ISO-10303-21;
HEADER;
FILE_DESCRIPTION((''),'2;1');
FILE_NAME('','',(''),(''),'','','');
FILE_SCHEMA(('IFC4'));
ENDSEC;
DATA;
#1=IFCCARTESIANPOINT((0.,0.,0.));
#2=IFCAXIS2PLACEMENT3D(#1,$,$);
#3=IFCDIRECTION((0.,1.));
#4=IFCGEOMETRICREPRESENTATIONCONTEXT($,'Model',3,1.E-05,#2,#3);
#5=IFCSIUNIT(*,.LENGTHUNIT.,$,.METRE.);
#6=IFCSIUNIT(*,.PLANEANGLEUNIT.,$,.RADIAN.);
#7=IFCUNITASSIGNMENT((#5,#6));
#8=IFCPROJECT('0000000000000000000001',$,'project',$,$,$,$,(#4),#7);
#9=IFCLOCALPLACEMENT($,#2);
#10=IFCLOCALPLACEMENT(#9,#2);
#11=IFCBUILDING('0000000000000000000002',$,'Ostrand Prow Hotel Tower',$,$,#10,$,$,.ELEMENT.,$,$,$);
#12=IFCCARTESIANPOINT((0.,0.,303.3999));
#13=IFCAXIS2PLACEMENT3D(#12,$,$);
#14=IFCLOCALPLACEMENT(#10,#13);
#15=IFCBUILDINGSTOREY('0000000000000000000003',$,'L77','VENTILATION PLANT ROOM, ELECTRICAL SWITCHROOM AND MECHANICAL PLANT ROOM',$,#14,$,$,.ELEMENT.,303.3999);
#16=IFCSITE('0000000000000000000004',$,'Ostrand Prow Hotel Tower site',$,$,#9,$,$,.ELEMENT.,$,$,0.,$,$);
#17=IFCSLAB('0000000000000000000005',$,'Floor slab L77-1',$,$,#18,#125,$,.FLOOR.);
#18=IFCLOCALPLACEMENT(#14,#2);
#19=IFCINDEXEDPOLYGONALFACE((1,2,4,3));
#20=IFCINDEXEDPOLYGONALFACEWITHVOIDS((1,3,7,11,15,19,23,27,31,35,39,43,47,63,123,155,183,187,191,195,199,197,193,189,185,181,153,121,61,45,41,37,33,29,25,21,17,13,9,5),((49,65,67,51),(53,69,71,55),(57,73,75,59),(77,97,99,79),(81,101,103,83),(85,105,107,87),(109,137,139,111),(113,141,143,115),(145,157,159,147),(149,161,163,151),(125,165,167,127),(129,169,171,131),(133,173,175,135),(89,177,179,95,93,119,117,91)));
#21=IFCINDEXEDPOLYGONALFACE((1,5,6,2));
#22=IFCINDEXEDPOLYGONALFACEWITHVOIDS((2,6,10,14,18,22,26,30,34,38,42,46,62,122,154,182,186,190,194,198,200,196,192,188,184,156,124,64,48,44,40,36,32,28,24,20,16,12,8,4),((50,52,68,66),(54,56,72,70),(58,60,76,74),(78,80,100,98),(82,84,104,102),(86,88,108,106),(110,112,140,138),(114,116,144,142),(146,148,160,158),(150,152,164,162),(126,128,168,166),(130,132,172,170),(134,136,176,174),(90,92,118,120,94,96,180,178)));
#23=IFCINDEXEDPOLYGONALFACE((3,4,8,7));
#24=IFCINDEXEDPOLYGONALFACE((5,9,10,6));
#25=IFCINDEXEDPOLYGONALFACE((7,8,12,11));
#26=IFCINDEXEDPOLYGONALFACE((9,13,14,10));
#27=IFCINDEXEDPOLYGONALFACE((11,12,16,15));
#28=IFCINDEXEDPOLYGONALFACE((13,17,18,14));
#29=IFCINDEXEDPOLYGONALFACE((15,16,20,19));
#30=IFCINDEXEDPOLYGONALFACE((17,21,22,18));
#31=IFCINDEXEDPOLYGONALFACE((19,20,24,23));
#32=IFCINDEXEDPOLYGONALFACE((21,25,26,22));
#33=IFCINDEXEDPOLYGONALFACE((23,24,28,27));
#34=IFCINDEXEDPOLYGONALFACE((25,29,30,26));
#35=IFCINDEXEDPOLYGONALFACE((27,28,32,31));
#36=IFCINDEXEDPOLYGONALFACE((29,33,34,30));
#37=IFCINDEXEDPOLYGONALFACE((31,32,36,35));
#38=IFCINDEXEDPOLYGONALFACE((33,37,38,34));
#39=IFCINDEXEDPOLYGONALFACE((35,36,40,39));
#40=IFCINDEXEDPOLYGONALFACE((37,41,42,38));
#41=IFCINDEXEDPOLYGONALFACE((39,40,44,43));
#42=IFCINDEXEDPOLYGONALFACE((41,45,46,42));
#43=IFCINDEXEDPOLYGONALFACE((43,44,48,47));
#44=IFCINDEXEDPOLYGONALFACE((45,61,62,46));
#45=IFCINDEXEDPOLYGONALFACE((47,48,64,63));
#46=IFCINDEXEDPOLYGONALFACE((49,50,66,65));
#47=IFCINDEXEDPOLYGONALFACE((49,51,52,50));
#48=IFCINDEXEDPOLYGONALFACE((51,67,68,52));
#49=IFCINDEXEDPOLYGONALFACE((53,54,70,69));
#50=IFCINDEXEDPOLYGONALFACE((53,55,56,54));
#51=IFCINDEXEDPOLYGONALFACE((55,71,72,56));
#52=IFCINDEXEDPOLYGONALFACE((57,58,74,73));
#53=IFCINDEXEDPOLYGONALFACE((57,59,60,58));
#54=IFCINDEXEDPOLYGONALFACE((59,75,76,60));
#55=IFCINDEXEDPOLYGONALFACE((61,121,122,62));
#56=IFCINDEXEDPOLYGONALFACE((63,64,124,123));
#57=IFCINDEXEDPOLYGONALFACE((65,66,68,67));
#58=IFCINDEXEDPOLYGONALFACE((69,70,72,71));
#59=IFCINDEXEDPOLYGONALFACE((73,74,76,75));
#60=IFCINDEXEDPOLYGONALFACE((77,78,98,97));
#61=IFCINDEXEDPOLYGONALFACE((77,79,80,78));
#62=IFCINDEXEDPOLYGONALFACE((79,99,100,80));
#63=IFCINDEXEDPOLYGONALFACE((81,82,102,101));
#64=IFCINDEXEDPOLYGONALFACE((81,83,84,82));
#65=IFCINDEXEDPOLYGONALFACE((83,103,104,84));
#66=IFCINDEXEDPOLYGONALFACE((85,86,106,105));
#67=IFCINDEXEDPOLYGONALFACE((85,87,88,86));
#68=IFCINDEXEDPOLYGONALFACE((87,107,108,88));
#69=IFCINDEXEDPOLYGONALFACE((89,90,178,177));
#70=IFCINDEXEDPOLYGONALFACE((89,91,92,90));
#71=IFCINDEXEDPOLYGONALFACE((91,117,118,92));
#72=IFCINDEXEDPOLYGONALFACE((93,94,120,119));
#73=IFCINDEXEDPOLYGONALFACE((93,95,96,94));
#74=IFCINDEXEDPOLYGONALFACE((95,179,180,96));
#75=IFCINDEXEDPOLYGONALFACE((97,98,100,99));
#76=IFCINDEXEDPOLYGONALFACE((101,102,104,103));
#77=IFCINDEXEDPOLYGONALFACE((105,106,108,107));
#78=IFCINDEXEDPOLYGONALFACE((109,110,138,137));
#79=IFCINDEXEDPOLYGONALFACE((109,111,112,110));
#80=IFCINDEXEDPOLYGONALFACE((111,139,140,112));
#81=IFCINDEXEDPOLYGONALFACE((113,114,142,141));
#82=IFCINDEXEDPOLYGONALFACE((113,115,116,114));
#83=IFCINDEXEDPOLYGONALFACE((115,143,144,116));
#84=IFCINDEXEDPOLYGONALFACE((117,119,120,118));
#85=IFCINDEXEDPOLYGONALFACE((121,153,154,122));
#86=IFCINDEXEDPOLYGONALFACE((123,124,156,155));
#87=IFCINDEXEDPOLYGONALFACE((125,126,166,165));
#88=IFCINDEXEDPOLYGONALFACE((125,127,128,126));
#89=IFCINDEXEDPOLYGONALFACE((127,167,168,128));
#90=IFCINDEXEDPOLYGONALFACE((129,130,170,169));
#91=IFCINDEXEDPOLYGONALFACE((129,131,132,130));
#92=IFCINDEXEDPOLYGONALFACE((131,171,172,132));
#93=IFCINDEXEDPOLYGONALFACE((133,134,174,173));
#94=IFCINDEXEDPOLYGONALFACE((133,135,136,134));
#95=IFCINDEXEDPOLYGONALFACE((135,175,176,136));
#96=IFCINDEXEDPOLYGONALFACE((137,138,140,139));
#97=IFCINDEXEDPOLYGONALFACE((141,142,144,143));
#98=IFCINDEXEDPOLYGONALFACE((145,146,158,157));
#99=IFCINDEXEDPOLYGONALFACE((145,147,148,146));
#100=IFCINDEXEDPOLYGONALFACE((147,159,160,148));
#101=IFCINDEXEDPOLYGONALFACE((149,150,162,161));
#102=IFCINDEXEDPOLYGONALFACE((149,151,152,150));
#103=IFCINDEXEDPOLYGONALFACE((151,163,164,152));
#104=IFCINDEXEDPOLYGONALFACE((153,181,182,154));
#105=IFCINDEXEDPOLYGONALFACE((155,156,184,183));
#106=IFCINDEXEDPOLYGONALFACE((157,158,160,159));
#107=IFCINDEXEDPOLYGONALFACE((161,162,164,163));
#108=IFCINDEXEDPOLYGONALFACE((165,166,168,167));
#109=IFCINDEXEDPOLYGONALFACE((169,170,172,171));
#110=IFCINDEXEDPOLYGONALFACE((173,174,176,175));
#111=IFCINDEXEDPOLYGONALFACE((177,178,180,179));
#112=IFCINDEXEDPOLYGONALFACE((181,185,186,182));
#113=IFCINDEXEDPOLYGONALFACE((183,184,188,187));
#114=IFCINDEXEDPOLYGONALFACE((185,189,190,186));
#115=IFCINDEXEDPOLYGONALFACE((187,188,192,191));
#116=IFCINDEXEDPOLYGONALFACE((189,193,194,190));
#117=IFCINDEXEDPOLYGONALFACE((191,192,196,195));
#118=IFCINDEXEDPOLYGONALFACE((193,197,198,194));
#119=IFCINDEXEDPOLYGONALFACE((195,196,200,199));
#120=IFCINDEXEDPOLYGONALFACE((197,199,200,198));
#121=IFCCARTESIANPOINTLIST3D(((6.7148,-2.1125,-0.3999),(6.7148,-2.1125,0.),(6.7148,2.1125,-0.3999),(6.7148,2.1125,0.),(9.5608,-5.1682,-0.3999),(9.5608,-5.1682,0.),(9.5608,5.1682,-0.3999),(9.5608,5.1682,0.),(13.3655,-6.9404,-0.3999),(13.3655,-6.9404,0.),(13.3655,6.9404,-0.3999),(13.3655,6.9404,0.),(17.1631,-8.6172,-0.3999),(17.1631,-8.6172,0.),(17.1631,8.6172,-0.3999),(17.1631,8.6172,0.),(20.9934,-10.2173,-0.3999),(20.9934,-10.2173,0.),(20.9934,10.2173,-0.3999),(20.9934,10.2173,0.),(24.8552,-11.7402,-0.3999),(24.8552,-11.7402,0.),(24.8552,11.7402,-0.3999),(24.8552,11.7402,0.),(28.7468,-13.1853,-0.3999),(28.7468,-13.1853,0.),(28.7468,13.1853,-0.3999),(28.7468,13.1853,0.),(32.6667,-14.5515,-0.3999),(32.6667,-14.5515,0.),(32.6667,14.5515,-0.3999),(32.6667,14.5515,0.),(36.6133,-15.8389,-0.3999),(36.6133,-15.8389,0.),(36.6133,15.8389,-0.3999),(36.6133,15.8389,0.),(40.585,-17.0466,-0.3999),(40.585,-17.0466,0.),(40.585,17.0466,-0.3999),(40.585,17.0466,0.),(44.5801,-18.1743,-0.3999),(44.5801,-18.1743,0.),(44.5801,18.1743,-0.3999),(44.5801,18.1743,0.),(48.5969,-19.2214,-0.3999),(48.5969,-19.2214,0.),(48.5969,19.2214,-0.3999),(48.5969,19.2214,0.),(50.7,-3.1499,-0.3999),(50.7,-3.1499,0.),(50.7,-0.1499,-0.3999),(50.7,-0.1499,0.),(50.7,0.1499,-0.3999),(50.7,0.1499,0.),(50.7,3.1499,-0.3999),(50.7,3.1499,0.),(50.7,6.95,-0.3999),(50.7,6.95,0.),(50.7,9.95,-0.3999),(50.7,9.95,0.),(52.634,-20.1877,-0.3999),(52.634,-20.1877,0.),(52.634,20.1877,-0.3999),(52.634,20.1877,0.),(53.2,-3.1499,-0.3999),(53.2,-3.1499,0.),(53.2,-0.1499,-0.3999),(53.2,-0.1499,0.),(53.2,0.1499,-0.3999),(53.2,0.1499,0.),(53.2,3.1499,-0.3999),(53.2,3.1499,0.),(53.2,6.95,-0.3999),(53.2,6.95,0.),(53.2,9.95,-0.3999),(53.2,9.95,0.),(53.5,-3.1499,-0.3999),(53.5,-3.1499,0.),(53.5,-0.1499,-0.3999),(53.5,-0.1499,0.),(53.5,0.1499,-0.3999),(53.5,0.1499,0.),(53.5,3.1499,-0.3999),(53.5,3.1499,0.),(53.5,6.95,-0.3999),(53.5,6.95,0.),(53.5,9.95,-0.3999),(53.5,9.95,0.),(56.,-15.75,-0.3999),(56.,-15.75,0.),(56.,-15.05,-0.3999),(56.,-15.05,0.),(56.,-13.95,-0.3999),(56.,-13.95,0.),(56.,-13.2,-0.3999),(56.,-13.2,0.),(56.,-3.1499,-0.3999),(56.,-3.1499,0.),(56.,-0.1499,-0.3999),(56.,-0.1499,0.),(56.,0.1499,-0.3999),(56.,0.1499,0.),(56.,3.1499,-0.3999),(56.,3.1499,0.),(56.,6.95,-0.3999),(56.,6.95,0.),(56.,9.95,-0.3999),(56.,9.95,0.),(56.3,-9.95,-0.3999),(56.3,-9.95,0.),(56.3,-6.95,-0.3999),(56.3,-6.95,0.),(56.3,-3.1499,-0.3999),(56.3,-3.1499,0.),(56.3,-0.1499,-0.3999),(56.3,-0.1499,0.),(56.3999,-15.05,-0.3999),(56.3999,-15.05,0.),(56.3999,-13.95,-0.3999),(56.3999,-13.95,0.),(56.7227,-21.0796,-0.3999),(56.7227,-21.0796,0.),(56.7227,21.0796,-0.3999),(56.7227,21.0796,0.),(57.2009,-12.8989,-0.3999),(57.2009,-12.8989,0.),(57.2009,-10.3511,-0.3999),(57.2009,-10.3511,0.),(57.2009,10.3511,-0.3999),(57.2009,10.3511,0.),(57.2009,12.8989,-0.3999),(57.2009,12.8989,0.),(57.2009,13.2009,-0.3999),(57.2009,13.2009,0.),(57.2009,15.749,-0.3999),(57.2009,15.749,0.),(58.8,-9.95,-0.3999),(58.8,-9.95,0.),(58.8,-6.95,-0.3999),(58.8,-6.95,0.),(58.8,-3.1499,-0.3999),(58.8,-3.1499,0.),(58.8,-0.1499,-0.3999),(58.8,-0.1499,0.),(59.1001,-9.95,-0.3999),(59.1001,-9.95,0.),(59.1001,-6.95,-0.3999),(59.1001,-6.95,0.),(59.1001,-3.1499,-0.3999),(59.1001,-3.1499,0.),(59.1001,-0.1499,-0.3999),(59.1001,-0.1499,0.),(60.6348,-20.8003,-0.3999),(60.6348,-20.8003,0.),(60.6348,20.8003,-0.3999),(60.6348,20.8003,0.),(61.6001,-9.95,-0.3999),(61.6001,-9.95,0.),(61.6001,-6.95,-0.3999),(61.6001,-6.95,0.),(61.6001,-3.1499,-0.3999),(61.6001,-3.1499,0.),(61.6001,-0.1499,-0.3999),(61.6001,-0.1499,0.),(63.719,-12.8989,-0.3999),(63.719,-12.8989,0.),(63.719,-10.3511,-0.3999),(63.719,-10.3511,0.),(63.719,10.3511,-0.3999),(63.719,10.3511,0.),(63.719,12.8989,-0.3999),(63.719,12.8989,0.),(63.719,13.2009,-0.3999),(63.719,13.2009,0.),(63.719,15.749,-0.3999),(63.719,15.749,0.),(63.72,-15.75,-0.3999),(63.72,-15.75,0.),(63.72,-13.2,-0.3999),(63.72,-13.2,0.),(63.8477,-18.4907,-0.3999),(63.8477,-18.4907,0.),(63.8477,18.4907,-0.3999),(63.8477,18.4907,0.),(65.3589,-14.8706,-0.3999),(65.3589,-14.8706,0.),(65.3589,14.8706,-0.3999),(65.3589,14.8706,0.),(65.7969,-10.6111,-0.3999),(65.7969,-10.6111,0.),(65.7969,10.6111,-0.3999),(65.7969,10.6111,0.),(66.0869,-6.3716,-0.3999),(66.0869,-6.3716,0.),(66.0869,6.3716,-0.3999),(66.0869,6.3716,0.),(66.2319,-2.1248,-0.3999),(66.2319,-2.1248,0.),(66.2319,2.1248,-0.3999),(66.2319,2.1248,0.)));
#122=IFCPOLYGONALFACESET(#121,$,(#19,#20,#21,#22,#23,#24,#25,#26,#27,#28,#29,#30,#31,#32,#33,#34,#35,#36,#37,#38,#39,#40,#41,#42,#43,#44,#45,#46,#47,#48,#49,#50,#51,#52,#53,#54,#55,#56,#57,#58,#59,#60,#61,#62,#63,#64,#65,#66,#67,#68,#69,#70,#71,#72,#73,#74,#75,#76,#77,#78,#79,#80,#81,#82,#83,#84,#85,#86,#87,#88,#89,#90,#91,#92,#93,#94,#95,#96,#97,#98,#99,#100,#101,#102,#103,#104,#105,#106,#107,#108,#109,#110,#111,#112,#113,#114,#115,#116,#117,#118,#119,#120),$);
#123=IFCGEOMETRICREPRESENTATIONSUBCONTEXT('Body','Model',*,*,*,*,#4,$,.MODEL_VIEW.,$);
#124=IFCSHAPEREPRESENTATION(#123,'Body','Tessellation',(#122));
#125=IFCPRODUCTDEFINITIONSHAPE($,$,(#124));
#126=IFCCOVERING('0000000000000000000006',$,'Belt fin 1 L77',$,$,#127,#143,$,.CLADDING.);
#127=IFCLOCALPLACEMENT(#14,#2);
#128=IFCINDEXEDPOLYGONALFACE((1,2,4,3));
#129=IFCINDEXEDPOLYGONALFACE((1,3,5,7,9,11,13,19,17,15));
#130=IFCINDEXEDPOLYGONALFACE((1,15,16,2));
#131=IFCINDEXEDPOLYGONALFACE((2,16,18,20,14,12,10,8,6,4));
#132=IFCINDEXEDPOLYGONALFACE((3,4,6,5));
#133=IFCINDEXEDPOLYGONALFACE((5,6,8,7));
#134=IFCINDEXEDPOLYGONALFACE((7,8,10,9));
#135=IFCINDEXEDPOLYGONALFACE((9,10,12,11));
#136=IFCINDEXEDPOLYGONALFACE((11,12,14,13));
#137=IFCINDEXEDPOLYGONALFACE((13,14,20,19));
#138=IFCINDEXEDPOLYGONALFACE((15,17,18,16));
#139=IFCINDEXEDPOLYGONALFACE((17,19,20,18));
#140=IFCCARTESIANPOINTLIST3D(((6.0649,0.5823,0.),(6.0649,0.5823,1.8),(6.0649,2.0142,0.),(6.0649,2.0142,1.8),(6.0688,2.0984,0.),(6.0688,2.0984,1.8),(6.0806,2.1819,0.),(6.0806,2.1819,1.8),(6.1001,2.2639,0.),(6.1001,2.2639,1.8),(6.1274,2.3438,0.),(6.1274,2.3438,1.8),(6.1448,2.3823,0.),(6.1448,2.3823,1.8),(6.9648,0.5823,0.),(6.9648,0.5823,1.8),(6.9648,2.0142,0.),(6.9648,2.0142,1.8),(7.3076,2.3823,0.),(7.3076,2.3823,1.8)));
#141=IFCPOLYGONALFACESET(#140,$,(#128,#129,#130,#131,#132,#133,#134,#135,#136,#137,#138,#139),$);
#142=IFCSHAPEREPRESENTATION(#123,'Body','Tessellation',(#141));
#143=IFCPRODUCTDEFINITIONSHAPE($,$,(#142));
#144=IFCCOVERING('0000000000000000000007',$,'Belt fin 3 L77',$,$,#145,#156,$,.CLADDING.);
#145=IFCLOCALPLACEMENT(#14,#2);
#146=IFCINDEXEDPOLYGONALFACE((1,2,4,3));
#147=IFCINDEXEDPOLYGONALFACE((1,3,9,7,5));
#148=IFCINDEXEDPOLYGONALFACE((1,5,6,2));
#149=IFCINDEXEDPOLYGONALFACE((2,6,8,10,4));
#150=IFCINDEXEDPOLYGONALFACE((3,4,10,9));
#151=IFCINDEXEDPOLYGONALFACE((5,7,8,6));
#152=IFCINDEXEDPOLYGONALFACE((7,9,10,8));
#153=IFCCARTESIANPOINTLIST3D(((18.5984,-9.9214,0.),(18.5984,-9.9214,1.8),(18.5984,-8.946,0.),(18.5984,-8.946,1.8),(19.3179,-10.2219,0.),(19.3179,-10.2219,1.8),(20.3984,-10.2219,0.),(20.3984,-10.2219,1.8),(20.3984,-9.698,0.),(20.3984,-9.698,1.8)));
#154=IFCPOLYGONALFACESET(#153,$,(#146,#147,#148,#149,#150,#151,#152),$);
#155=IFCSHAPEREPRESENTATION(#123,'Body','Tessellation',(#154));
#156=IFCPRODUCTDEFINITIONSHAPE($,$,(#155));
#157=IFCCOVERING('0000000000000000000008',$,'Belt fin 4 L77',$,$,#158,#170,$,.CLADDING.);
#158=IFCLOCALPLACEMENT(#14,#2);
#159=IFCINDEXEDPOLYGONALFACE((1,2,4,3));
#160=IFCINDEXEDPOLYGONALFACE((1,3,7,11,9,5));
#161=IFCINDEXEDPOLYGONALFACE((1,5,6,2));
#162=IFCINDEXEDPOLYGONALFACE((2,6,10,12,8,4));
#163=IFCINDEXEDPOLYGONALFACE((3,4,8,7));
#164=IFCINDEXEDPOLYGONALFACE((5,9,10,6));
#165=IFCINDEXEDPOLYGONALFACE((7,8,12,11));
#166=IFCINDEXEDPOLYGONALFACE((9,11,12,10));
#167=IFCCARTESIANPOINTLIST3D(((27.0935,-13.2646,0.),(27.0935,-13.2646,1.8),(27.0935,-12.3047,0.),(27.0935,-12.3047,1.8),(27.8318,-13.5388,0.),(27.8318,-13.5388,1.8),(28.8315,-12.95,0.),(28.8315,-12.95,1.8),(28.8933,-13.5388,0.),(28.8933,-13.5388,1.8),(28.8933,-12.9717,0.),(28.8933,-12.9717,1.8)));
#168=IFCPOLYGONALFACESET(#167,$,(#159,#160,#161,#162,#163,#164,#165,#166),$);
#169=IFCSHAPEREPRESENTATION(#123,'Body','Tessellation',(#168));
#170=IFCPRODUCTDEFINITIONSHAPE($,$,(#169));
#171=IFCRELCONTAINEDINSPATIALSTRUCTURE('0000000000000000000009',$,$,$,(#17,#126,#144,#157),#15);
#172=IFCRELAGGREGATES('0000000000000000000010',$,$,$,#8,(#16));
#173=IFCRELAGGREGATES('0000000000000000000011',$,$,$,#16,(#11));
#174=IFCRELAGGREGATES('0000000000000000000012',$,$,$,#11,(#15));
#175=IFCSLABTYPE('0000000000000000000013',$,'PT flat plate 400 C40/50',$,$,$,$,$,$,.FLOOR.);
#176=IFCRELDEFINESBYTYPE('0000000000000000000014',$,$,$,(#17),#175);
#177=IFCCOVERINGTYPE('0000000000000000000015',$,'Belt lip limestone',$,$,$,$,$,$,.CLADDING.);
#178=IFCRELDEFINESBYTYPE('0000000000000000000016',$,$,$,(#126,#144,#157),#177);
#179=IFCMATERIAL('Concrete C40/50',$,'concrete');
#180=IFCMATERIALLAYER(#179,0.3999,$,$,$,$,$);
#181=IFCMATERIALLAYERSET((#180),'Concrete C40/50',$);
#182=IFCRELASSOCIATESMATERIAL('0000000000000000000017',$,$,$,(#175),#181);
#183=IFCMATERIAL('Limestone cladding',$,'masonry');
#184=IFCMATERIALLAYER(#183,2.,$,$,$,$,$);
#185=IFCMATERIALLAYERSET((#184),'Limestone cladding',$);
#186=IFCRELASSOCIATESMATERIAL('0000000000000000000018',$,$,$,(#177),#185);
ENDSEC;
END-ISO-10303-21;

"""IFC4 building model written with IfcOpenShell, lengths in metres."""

from ifc_helpers import new_model, si_unit, direction, frame, origin, place, context, subcontext, project, spatial, polyline, outline, extrude, material, layer, layer_set, type_object, element, save


model = new_model("IFC4")

# Units and contexts
model_context = context("Model", 3, precision=1e-05, world=origin(), true_north=direction((0.0, 1.0)))
body_context = subcontext(model_context, "Body", "Model", "MODEL_VIEW")
ifc_project = project(units=[si_unit("LENGTHUNIT", "METRE"), si_unit("PLANEANGLEUNIT", "RADIAN")], contexts=[model_context])

# Site, building, storey
site_placement = place(None, origin())
site = spatial("IfcSite", under=ifc_project, at=site_placement, Name="Ostrand Prow Hotel Tower site", CompositionType="ELEMENT", RefElevation=0.0)
building_placement = place(site_placement, origin())
building = spatial("IfcBuilding", under=site, at=building_placement, Name="Ostrand Prow Hotel Tower", CompositionType="ELEMENT")
storey_placement = place(building_placement, frame((0.0, 0.0, 303.3999)))
storey = spatial("IfcBuildingStorey", under=building, at=storey_placement, Name="L77", Description="VENTILATION PLANT ROOM, ELECTRICAL SWITCHROOM AND MECHANICAL PLANT ROOM", CompositionType="ELEMENT", Elevation=303.3999)

# Slab, opening
ifc_material_1 = material(Name="Concrete C40/50", Category="concrete")
ifc_layer_1 = layer(ifc_material_1, 0.3999)
ifc_layer_set_1 = layer_set([ifc_layer_1], Name="Concrete C40/50")
slab_type = type_object("IfcSlabType", Name="PT flat plate 400 C40/50", PredefinedType="FLOOR", material=ifc_layer_set_1)
slab_placement = place(storey_placement, frame((0.0, 0.0, -0.3999)))
slab = element("IfcSlab", 1, at=slab_placement, inside=storey, type_object=slab_type, Name="Floor slab L77-1", PredefinedType="FLOOR", context=body_context, shape_type="SweptSolid", body=[
    extrude(outline(polyline([(9.5608, 5.1682), (13.3655, 6.9404), (17.1631, 8.6172), (20.9934, 10.2173), (24.8552, 11.7402), (28.7468, 13.1853), (32.6667, 14.5515), (36.6133, 15.8389), (40.585, 17.0466), (44.5801, 18.1743), (48.5969, 19.2214), (52.634, 20.1877), (56.7227, 21.0796), (60.6348, 20.8003), (63.8477, 18.4907), (65.3589, 14.8706), (65.7969, 10.6111), (66.0869, 6.3716), (66.2319, 2.1248), (66.2319, -2.1248), (66.0869, -6.3716), (65.7969, -10.6111), (65.3589, -14.8706), (63.8477, -18.4907), (60.6348, -20.8003), (56.7227, -21.0796), (52.634, -20.1877), (48.5969, -19.2214), (44.5801, -18.1743), (40.585, -17.0466), (36.6133, -15.8389), (32.6667, -14.5515), (28.7468, -13.1853), (24.8552, -11.7402), (20.9934, -10.2173), (17.1631, -8.6172), (13.3655, -6.9404), (9.5608, -5.1682), (6.7148, -2.1125), (6.7148, 2.1125), (9.5608, 5.1682)]), holes=[polyline([(50.7, 6.95), (53.2, 6.95), (53.2, 9.95), (50.7, 9.95), (50.7, 6.95)]), polyline([(53.5, 6.95), (56.0, 6.95), (56.0, 9.95), (53.5, 9.95), (53.5, 6.95)]), polyline([(50.7, 0.1499), (53.2, 0.1499), (53.2, 3.1499), (50.7, 3.1499), (50.7, 0.1499)]), polyline([(53.5, 0.1499), (56.0, 0.1499), (56.0, 3.1499), (53.5, 3.1499), (53.5, 0.1499)]), polyline([(50.7, -3.1499), (53.2, -3.1499), (53.2, -0.1499), (50.7, -0.1499), (50.7, -3.1499)]), polyline([(53.5, -3.1499), (56.0, -3.1499), (56.0, -0.1499), (53.5, -0.1499), (53.5, -3.1499)]), polyline([(56.3, -3.1499), (58.8, -3.1499), (58.8, -0.1499), (56.3, -0.1499), (56.3, -3.1499)]), polyline([(59.1001, -3.1499), (61.6001, -3.1499), (61.6001, -0.1499), (59.1001, -0.1499), (59.1001, -3.1499)]), polyline([(56.3, -9.95), (58.8, -9.95), (58.8, -6.95), (56.3, -6.95), (56.3, -9.95)]), polyline([(59.1001, -9.95), (61.6001, -9.95), (61.6001, -6.95), (59.1001, -6.95), (59.1001, -9.95)]), polyline([(57.2009, 10.3511), (57.2009, 12.8989), (63.719, 12.8989), (63.719, 10.3511), (57.2009, 10.3511)]), polyline([(57.2009, 13.2009), (57.2009, 15.749), (63.719, 15.749), (63.719, 13.2009), (57.2009, 13.2009)]), polyline([(57.2009, -12.8989), (57.2009, -10.3511), (63.719, -10.3511), (63.719, -12.8989), (57.2009, -12.8989)]), polyline([(56.0, -13.95), (56.0, -13.2), (63.72, -13.2), (63.72, -15.75), (56.0, -15.75), (56.0, -15.05), (56.3999, -15.05), (56.3999, -13.95), (56.0, -13.95)])]), origin(), (0.0, 0.0, 1.0), 0.3999),
])
opening_placement = place(slab_placement, origin())
element("IfcOpeningElement", 2, at=opening_placement, cuts=slab, PredefinedType="OPENING", context=body_context, shape_type="SweptSolid", body=[
    extrude(outline(polyline([(56.0, -13.95), (56.0, -13.2), (63.72, -13.2), (63.72, -15.75), (56.0, -15.75), (56.0, -15.05), (56.3999, -15.05), (56.3999, -13.95), (56.0, -13.95)])), origin(), (0.0, 0.0, 1.0), 0.3999),
])

# Coverings
ifc_material_2 = material(Name="Limestone cladding", Category="masonry")
ifc_layer_2 = layer(ifc_material_2, 2.0)
ifc_layer_set_2 = layer_set([ifc_layer_2], Name="Limestone cladding")
covering_type_1 = type_object("IfcCoveringType", Name="Belt lip limestone", PredefinedType="CLADDING", material=ifc_layer_set_2)
covering_1_placement = place(storey_placement, origin())
element("IfcCovering", 3, at=covering_1_placement, inside=storey, type_object=covering_type_1, Name="Belt fin 1 L77", PredefinedType="CLADDING", context=body_context, shape_type="SweptSolid", body=[
    extrude(outline(polyline([(6.0649, 2.0142), (6.0649, 0.5823), (6.9648, 0.5823), (6.9648, 2.0142), (7.3076, 2.3823), (6.1448, 2.3823), (6.1274, 2.3438), (6.1001, 2.2639), (6.0806, 2.1819), (6.0688, 2.0984), (6.0649, 2.0142)])), origin(), (0.0, 0.0, 1.0), 1.8),
])
covering_2_placement = place(storey_placement, origin())
element("IfcCovering", 4, at=covering_2_placement, inside=storey, type_object=covering_type_1, Name="Belt fin 3 L77", PredefinedType="CLADDING", context=body_context, shape_type="SweptSolid", body=[
    extrude(outline(polyline([(18.5984, -9.9214), (19.3179, -10.2219), (20.3984, -10.2219), (20.3984, -9.698), (18.5984, -8.946), (18.5984, -9.9214)])), origin(), (0.0, 0.0, 1.0), 1.8),
])
covering_3_placement = place(storey_placement, origin())
element("IfcCovering", 5, at=covering_3_placement, inside=storey, type_object=covering_type_1, Name="Belt fin 4 L77", PredefinedType="CLADDING", context=body_context, shape_type="SweptSolid", body=[
    extrude(outline(polyline([(27.0935, -13.2646), (27.8318, -13.5388), (28.8933, -13.5388), (28.8933, -12.9717), (28.8315, -12.95), (27.0935, -12.3047), (27.0935, -13.2646)])), origin(), (0.0, 0.0, 1.0), 1.8),
])

save(model, "model.ifc")
